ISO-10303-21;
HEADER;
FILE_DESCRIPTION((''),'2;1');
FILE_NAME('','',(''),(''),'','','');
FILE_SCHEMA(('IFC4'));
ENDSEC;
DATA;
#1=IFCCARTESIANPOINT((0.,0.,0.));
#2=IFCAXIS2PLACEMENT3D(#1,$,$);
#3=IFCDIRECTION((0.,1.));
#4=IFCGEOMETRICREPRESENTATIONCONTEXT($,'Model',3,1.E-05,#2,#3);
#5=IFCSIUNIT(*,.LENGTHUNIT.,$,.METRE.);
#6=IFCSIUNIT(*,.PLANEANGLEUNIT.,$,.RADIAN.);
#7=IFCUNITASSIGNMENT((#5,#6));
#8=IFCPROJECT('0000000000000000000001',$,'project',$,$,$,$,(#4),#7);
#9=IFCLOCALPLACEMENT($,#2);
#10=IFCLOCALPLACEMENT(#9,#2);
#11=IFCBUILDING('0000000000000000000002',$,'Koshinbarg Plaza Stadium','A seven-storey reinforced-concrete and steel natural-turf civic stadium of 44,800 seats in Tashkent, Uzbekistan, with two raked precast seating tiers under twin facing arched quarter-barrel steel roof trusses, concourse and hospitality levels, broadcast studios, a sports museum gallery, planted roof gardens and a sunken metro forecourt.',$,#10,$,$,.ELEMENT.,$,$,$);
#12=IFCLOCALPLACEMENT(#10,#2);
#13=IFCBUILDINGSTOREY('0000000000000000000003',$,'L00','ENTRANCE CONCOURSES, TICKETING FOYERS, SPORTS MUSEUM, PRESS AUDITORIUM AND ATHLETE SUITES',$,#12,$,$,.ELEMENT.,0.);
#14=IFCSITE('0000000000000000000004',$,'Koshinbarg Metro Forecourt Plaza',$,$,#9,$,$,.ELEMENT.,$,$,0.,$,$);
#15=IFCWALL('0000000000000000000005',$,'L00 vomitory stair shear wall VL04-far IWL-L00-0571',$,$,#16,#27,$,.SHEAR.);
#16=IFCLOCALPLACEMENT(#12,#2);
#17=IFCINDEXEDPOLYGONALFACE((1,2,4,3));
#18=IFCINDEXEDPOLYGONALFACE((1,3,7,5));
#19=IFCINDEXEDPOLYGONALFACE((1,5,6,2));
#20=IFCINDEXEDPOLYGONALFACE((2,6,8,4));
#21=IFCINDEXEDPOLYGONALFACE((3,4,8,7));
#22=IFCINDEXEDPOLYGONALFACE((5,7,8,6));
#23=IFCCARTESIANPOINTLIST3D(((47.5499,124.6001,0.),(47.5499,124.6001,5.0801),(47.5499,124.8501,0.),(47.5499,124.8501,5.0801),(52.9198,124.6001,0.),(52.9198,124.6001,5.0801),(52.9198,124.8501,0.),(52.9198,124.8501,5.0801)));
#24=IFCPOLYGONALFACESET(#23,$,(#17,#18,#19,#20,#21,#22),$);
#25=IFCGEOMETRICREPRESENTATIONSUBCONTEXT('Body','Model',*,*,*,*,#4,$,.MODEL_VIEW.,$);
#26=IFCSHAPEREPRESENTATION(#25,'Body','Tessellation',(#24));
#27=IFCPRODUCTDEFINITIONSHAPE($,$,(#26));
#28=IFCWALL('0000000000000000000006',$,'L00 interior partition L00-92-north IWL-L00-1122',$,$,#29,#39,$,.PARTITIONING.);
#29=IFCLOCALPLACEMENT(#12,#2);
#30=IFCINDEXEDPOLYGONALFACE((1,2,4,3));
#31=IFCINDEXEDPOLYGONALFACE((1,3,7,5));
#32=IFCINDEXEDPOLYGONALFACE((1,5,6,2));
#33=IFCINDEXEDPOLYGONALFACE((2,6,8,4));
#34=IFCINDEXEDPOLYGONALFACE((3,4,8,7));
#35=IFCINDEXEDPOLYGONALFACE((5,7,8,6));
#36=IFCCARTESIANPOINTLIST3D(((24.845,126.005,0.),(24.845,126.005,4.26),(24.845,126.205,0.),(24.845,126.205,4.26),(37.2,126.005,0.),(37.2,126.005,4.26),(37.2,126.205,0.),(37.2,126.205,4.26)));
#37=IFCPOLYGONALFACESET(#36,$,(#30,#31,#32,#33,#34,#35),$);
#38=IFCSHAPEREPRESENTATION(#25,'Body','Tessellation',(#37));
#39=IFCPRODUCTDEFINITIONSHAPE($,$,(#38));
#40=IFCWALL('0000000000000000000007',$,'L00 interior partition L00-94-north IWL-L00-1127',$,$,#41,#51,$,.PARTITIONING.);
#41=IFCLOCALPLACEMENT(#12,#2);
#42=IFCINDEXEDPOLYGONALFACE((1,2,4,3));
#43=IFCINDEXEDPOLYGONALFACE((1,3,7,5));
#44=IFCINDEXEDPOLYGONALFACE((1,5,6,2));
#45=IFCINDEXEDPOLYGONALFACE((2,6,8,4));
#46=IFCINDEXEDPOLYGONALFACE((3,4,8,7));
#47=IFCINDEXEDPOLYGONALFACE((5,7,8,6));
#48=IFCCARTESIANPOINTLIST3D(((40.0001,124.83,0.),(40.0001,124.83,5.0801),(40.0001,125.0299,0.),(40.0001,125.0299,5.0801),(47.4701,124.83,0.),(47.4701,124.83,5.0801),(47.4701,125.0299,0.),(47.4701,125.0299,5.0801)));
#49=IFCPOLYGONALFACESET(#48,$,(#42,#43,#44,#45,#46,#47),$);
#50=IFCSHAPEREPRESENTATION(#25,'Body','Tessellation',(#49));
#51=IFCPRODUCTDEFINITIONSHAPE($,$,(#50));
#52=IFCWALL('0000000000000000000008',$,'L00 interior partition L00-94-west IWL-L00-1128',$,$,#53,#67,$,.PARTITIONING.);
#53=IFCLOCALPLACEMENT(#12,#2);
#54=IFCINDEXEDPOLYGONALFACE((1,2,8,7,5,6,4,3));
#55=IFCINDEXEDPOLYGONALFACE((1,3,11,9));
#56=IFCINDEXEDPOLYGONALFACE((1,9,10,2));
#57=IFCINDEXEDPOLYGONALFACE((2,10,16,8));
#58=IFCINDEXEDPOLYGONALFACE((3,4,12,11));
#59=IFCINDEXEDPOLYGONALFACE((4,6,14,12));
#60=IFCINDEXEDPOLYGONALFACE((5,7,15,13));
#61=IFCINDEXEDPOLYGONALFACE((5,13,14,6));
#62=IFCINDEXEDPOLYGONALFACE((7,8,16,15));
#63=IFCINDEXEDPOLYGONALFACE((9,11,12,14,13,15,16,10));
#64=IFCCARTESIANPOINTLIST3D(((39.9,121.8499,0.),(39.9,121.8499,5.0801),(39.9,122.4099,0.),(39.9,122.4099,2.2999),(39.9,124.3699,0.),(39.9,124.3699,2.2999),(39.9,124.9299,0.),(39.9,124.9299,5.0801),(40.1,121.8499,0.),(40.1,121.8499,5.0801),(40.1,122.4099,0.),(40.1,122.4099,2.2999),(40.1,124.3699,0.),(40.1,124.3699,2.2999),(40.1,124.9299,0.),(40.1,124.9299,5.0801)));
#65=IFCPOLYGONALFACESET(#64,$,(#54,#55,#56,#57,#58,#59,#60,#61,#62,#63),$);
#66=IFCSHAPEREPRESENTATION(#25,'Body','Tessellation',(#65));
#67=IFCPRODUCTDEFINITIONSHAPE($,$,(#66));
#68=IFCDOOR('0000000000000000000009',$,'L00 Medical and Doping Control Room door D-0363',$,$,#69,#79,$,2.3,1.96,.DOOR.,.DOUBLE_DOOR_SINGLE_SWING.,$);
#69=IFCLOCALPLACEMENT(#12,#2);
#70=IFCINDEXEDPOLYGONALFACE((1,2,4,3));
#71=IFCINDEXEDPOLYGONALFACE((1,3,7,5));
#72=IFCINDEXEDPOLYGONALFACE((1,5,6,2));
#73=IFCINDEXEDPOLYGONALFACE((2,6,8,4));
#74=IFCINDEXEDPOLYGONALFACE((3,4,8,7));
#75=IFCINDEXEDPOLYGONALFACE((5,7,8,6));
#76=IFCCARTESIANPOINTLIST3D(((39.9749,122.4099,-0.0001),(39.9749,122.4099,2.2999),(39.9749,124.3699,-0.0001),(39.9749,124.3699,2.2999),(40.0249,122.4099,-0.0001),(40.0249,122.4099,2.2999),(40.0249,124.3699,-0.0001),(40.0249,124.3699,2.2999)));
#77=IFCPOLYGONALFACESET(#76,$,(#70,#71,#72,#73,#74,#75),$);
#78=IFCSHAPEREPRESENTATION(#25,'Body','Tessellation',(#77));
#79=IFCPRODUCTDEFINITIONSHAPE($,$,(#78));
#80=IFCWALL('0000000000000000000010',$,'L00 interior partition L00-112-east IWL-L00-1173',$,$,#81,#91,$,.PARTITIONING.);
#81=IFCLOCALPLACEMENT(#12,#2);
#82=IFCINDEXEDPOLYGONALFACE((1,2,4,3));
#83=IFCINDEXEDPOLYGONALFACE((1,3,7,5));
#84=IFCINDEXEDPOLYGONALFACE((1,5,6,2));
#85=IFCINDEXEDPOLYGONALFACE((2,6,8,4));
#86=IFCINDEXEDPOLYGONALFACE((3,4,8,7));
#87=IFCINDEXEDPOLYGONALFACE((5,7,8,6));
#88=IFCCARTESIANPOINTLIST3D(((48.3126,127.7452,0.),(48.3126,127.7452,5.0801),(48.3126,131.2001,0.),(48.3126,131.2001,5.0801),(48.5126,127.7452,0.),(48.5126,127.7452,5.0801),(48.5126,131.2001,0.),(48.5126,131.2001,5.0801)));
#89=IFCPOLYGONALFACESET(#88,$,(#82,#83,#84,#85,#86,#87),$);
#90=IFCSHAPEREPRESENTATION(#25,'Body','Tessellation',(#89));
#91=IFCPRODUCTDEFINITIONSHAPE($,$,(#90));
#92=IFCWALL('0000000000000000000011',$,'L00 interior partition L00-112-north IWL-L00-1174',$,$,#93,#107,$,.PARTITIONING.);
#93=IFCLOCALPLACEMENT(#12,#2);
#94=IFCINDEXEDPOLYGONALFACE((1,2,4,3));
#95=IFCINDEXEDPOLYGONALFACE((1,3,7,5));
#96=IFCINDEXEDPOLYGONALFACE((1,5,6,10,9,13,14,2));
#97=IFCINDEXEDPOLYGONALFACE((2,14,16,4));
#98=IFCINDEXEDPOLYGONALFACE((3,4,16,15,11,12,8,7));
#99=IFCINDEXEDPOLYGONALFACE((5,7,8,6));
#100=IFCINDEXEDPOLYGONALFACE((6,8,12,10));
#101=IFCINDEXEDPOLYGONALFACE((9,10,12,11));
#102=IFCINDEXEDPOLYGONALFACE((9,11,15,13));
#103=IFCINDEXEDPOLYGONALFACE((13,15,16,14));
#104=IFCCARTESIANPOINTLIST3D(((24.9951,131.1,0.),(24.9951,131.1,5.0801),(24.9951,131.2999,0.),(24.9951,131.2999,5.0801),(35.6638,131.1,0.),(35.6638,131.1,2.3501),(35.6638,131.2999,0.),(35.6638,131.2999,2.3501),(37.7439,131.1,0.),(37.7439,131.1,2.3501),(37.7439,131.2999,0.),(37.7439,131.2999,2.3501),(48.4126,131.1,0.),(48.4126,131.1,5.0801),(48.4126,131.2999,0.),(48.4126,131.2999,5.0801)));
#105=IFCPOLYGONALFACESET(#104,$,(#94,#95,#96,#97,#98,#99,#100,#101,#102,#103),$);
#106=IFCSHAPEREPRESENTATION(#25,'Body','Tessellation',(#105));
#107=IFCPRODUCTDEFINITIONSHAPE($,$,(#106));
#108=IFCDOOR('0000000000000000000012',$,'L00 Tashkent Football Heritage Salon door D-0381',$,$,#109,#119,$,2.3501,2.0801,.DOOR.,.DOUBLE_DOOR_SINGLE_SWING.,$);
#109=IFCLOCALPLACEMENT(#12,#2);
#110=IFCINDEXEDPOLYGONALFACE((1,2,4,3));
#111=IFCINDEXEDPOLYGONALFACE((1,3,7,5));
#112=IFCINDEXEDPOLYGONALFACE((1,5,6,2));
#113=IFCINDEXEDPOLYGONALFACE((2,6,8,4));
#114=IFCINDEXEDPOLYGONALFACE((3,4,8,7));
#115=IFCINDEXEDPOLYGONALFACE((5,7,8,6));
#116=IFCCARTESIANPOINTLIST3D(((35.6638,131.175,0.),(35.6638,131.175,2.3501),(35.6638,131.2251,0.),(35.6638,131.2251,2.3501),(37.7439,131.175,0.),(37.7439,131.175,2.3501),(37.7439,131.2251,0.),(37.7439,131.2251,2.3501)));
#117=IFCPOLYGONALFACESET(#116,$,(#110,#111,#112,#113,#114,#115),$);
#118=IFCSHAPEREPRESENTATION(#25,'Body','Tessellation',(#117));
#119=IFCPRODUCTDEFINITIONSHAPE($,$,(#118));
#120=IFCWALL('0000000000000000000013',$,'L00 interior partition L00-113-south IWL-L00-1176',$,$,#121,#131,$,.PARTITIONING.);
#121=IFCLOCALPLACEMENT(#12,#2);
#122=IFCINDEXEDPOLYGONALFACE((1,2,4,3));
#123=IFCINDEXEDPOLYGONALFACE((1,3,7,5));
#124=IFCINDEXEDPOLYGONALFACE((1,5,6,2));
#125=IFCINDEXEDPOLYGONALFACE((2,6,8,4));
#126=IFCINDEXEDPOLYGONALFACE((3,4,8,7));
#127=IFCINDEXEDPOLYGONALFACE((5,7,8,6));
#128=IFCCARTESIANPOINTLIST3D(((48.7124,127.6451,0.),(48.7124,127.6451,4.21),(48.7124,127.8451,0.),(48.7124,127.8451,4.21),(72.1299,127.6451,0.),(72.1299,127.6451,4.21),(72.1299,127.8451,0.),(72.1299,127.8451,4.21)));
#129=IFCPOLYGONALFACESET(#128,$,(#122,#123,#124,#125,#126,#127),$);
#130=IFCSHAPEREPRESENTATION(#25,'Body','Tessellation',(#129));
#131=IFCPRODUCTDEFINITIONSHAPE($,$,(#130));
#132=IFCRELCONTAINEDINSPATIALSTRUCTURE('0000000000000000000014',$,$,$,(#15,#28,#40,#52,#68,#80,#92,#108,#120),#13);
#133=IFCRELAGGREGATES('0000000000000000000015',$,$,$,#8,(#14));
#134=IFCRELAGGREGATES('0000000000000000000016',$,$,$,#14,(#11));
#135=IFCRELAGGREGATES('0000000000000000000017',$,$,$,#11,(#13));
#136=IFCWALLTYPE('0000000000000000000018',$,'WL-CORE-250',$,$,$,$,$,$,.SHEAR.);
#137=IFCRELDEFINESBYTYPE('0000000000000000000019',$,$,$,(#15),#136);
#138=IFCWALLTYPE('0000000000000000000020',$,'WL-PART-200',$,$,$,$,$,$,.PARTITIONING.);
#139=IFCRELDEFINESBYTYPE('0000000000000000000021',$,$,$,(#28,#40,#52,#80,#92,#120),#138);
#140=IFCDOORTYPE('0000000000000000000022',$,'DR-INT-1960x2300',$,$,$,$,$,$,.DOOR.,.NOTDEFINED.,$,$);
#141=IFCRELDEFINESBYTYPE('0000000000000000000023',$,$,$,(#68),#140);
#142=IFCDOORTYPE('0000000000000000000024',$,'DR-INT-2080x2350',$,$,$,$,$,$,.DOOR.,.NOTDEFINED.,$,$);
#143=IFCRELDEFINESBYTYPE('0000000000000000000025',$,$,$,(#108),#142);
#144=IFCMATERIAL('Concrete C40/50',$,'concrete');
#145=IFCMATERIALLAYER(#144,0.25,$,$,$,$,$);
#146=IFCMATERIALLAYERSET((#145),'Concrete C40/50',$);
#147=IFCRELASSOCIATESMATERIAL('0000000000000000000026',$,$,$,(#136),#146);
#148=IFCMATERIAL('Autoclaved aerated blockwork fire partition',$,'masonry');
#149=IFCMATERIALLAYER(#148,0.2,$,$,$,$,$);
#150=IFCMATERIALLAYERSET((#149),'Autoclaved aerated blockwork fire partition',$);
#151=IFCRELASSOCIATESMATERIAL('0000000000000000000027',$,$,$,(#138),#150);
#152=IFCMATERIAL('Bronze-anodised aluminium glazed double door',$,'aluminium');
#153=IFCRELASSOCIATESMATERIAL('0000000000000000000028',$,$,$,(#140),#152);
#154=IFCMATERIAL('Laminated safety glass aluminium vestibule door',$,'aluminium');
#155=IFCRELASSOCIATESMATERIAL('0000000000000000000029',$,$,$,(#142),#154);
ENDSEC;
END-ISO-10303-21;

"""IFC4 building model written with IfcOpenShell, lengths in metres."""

from ifc_helpers import new_model, si_unit, direction, frame, frame_2d, origin, place, context, subcontext, project, spatial, rectangle, extrude, material, layer, layer_set, type_object, element, fill, save


model = new_model("IFC4")

# Units and contexts
model_context = context("Model", 3, precision=1e-05, world=origin(), true_north=direction((0.0, 1.0)))
body_context = subcontext(model_context, "Body", "Model", "MODEL_VIEW")
ifc_project = project(units=[si_unit("LENGTHUNIT", "METRE"), si_unit("PLANEANGLEUNIT", "RADIAN")], contexts=[model_context])

# Site, building, storey
site_placement = place(None, origin())
site = spatial("IfcSite", under=ifc_project, at=site_placement, Name="Koshinbarg Metro Forecourt Plaza", CompositionType="ELEMENT", RefElevation=0.0)
building_placement = place(site_placement, origin())
building = spatial("IfcBuilding", under=site, at=building_placement, Name="Koshinbarg Plaza Stadium", Description="A seven-storey reinforced-concrete and steel natural-turf civic stadium of 44,800 seats in Tashkent, Uzbekistan, with two raked precast seating tiers under twin facing arched quarter-barrel steel roof trusses, concourse and hospitality levels, broadcast studios, a sports museum gallery, planted roof gardens and a sunken metro forecourt.", CompositionType="ELEMENT")
storey_placement = place(building_placement, origin())
storey = spatial("IfcBuildingStorey", under=building, at=storey_placement, Name="L00", Description="ENTRANCE CONCOURSES, TICKETING FOYERS, SPORTS MUSEUM, PRESS AUDITORIUM AND ATHLETE SUITES", CompositionType="ELEMENT", Elevation=0.0)

# Shared definitions
ifc_material_1 = material(Name="Concrete C40/50", Category="concrete")

# Walls
ifc_layer_1 = layer(ifc_material_1, 0.25)
ifc_layer_set_1 = layer_set([ifc_layer_1], Name="Concrete C40/50")
wall_type_1 = type_object("IfcWallType", Name="WL-CORE-250", PredefinedType="SHEAR", material=ifc_layer_set_1)
wall_1_placement = place(storey_placement, frame((52.9199, 124.7251, 0.0), z_axis=(0.0, 0.0, 1.0), x_axis=(-1.0, 0.0, 0.0)))
element("IfcWall", 1, at=wall_1_placement, inside=storey, type_object=wall_type_1, Name="L00 vomitory stair shear wall VL04-far IWL-L00-0571", PredefinedType="SHEAR", context=body_context, shape_type="SweptSolid", body=[
    extrude(rectangle(XDim=5.3699, YDim=0.25, at=frame_2d((2.6851, 0.0))), origin(), (0.0, 0.0, 1.0), 5.0801),
])
ifc_material_2 = material(Name="Autoclaved aerated blockwork fire partition", Category="masonry")
ifc_layer_2 = layer(ifc_material_2, 0.2)
ifc_layer_set_2 = layer_set([ifc_layer_2], Name="Autoclaved aerated blockwork fire partition")
wall_type_2 = type_object("IfcWallType", Name="WL-PART-200", PredefinedType="PARTITIONING", material=ifc_layer_set_2)
wall_2_placement = place(storey_placement, frame((37.2, 126.105, 0.0), z_axis=(0.0, 0.0, 1.0), x_axis=(-1.0, 0.0, 0.0)))
element("IfcWall", 2, at=wall_2_placement, inside=storey, type_object=wall_type_2, Name="L00 interior partition L00-92-north IWL-L00-1122", PredefinedType="PARTITIONING", context=body_context, shape_type="SweptSolid", body=[
    extrude(rectangle(XDim=12.355, YDim=0.2, at=frame_2d((6.1775, 0.0))), origin(), (0.0, 0.0, 1.0), 4.26),
])
wall_3_placement = place(storey_placement, frame((47.47, 124.9299, 0.0), z_axis=(0.0, 0.0, 1.0), x_axis=(-1.0, 0.0, 0.0)))
element("IfcWall", 3, at=wall_3_placement, inside=storey, type_object=wall_type_2, Name="L00 interior partition L00-94-north IWL-L00-1127", PredefinedType="PARTITIONING", context=body_context, shape_type="SweptSolid", body=[
    extrude(rectangle(XDim=7.47, YDim=0.2, at=frame_2d((3.7349, 0.0))), origin(), (0.0, 0.0, 1.0), 5.0801),
])

# Wall, opening, door
wall_4_placement = place(storey_placement, frame((40.0, 124.9299, 0.0), z_axis=(0.0, 0.0, 1.0), x_axis=(0.0, -1.0, 0.0)))
wall_4 = element("IfcWall", 4, at=wall_4_placement, inside=storey, type_object=wall_type_2, Name="L00 interior partition L00-94-west IWL-L00-1128", PredefinedType="PARTITIONING", context=body_context, shape_type="SweptSolid", body=[
    extrude(rectangle(XDim=3.0801, YDim=0.2, at=frame_2d((1.54, 0.0))), origin(), (0.0, 0.0, 1.0), 5.0801),
])
opening_1_placement = place(wall_4_placement, frame((0.5601, 0.0, 0.0)))
opening_1 = element("IfcOpeningElement", 5, at=opening_1_placement, cuts=wall_4, PredefinedType="OPENING", context=body_context, shape_type="SweptSolid", body=[
    extrude(rectangle(XDim=1.96, YDim=2.3, at=frame_2d((0.98, 1.1499))), frame((0.0, 0.1099, 0.0), z_axis=(0.0, -1.0, 0.0), x_axis=(1.0, 0.0, 0.0)), (0.0, 0.0, 1.0), 0.22),
])
ifc_material_3 = material(Name="Bronze-anodised aluminium glazed double door", Category="aluminium")
door_type_1 = type_object("IfcDoorType", Name="DR-INT-1960x2300", OperationType="NOTDEFINED", PredefinedType="DOOR", material=ifc_material_3)
door_1_placement = place(opening_1_placement, origin())
door_1 = element("IfcDoor", 6, at=door_1_placement, inside=storey, type_object=door_type_1, Name="L00 Medical and Doping Control Room door D-0363", OperationType="DOUBLE_DOOR_SINGLE_SWING", OverallHeight=2.3, OverallWidth=1.96, PredefinedType="DOOR", context=body_context, shape_type="SweptSolid", body=[
    extrude(rectangle(XDim=1.96, YDim=2.3, at=frame_2d((0.98, 1.1499))), frame((0.0, 0.0249, 0.0), z_axis=(0.0, -1.0, 0.0), x_axis=(1.0, 0.0, 0.0)), (0.0, 0.0, 1.0), 0.05),
])
fill(opening_1, door_1)

# Wall
wall_5_placement = place(storey_placement, frame((48.4126, 127.7451, 0.0), z_axis=(0.0, 0.0, 1.0), x_axis=(0.0, 1.0, 0.0)))
element("IfcWall", 7, at=wall_5_placement, inside=storey, type_object=wall_type_2, Name="L00 interior partition L00-112-east IWL-L00-1173", PredefinedType="PARTITIONING", context=body_context, shape_type="SweptSolid", body=[
    extrude(rectangle(XDim=3.4548, YDim=0.2, at=frame_2d((1.7275, 0.0))), origin(), (0.0, 0.0, 1.0), 5.0801),
])

# Wall, opening, door
wall_6_placement = place(storey_placement, frame((48.4126, 131.2, 0.0), z_axis=(0.0, 0.0, 1.0), x_axis=(-1.0, 0.0, 0.0)))
wall_6 = element("IfcWall", 8, at=wall_6_placement, inside=storey, type_object=wall_type_2, Name="L00 interior partition L00-112-north IWL-L00-1174", PredefinedType="PARTITIONING", context=body_context, shape_type="SweptSolid", body=[
    extrude(rectangle(XDim=23.4175, YDim=0.2, at=frame_2d((11.7087, 0.0))), origin(), (0.0, 0.0, 1.0), 5.0801),
])
opening_2_placement = place(wall_6_placement, frame((10.6687, 0.0, 0.0)))
opening_2 = element("IfcOpeningElement", 9, at=opening_2_placement, cuts=wall_6, PredefinedType="OPENING", context=body_context, shape_type="SweptSolid", body=[
    extrude(rectangle(XDim=2.0801, YDim=2.3501, at=frame_2d((1.04, 1.175))), frame((0.0, 0.1099, 0.0), z_axis=(0.0, -1.0, 0.0), x_axis=(1.0, 0.0, 0.0)), (0.0, 0.0, 1.0), 0.22),
])
ifc_material_4 = material(Name="Laminated safety glass aluminium vestibule door", Category="aluminium")
door_type_2 = type_object("IfcDoorType", Name="DR-INT-2080x2350", OperationType="NOTDEFINED", PredefinedType="DOOR", material=ifc_material_4)
door_2_placement = place(opening_2_placement, origin())
door_2 = element("IfcDoor", 10, at=door_2_placement, inside=storey, type_object=door_type_2, Name="L00 Tashkent Football Heritage Salon door D-0381", OperationType="DOUBLE_DOOR_SINGLE_SWING", OverallHeight=2.3501, OverallWidth=2.0801, PredefinedType="DOOR", context=body_context, shape_type="SweptSolid", body=[
    extrude(rectangle(XDim=2.0801, YDim=2.3501, at=frame_2d((1.04, 1.175))), frame((0.0, 0.0249, 0.0), z_axis=(0.0, -1.0, 0.0), x_axis=(1.0, 0.0, 0.0)), (0.0, 0.0, 1.0), 0.05),
])
fill(opening_2, door_2)

# Wall
wall_7_placement = place(storey_placement, frame((48.7124, 127.7451, 0.0), z_axis=(0.0, 0.0, 1.0), x_axis=(1.0, 0.0, 0.0)))
element("IfcWall", 11, at=wall_7_placement, inside=storey, type_object=wall_type_2, Name="L00 interior partition L00-113-south IWL-L00-1176", PredefinedType="PARTITIONING", context=body_context, shape_type="SweptSolid", body=[
    extrude(rectangle(XDim=23.4175, YDim=0.2, at=frame_2d((11.7087, 0.0))), origin(), (0.0, 0.0, 1.0), 4.21),
])

save(model, "model.ifc")
